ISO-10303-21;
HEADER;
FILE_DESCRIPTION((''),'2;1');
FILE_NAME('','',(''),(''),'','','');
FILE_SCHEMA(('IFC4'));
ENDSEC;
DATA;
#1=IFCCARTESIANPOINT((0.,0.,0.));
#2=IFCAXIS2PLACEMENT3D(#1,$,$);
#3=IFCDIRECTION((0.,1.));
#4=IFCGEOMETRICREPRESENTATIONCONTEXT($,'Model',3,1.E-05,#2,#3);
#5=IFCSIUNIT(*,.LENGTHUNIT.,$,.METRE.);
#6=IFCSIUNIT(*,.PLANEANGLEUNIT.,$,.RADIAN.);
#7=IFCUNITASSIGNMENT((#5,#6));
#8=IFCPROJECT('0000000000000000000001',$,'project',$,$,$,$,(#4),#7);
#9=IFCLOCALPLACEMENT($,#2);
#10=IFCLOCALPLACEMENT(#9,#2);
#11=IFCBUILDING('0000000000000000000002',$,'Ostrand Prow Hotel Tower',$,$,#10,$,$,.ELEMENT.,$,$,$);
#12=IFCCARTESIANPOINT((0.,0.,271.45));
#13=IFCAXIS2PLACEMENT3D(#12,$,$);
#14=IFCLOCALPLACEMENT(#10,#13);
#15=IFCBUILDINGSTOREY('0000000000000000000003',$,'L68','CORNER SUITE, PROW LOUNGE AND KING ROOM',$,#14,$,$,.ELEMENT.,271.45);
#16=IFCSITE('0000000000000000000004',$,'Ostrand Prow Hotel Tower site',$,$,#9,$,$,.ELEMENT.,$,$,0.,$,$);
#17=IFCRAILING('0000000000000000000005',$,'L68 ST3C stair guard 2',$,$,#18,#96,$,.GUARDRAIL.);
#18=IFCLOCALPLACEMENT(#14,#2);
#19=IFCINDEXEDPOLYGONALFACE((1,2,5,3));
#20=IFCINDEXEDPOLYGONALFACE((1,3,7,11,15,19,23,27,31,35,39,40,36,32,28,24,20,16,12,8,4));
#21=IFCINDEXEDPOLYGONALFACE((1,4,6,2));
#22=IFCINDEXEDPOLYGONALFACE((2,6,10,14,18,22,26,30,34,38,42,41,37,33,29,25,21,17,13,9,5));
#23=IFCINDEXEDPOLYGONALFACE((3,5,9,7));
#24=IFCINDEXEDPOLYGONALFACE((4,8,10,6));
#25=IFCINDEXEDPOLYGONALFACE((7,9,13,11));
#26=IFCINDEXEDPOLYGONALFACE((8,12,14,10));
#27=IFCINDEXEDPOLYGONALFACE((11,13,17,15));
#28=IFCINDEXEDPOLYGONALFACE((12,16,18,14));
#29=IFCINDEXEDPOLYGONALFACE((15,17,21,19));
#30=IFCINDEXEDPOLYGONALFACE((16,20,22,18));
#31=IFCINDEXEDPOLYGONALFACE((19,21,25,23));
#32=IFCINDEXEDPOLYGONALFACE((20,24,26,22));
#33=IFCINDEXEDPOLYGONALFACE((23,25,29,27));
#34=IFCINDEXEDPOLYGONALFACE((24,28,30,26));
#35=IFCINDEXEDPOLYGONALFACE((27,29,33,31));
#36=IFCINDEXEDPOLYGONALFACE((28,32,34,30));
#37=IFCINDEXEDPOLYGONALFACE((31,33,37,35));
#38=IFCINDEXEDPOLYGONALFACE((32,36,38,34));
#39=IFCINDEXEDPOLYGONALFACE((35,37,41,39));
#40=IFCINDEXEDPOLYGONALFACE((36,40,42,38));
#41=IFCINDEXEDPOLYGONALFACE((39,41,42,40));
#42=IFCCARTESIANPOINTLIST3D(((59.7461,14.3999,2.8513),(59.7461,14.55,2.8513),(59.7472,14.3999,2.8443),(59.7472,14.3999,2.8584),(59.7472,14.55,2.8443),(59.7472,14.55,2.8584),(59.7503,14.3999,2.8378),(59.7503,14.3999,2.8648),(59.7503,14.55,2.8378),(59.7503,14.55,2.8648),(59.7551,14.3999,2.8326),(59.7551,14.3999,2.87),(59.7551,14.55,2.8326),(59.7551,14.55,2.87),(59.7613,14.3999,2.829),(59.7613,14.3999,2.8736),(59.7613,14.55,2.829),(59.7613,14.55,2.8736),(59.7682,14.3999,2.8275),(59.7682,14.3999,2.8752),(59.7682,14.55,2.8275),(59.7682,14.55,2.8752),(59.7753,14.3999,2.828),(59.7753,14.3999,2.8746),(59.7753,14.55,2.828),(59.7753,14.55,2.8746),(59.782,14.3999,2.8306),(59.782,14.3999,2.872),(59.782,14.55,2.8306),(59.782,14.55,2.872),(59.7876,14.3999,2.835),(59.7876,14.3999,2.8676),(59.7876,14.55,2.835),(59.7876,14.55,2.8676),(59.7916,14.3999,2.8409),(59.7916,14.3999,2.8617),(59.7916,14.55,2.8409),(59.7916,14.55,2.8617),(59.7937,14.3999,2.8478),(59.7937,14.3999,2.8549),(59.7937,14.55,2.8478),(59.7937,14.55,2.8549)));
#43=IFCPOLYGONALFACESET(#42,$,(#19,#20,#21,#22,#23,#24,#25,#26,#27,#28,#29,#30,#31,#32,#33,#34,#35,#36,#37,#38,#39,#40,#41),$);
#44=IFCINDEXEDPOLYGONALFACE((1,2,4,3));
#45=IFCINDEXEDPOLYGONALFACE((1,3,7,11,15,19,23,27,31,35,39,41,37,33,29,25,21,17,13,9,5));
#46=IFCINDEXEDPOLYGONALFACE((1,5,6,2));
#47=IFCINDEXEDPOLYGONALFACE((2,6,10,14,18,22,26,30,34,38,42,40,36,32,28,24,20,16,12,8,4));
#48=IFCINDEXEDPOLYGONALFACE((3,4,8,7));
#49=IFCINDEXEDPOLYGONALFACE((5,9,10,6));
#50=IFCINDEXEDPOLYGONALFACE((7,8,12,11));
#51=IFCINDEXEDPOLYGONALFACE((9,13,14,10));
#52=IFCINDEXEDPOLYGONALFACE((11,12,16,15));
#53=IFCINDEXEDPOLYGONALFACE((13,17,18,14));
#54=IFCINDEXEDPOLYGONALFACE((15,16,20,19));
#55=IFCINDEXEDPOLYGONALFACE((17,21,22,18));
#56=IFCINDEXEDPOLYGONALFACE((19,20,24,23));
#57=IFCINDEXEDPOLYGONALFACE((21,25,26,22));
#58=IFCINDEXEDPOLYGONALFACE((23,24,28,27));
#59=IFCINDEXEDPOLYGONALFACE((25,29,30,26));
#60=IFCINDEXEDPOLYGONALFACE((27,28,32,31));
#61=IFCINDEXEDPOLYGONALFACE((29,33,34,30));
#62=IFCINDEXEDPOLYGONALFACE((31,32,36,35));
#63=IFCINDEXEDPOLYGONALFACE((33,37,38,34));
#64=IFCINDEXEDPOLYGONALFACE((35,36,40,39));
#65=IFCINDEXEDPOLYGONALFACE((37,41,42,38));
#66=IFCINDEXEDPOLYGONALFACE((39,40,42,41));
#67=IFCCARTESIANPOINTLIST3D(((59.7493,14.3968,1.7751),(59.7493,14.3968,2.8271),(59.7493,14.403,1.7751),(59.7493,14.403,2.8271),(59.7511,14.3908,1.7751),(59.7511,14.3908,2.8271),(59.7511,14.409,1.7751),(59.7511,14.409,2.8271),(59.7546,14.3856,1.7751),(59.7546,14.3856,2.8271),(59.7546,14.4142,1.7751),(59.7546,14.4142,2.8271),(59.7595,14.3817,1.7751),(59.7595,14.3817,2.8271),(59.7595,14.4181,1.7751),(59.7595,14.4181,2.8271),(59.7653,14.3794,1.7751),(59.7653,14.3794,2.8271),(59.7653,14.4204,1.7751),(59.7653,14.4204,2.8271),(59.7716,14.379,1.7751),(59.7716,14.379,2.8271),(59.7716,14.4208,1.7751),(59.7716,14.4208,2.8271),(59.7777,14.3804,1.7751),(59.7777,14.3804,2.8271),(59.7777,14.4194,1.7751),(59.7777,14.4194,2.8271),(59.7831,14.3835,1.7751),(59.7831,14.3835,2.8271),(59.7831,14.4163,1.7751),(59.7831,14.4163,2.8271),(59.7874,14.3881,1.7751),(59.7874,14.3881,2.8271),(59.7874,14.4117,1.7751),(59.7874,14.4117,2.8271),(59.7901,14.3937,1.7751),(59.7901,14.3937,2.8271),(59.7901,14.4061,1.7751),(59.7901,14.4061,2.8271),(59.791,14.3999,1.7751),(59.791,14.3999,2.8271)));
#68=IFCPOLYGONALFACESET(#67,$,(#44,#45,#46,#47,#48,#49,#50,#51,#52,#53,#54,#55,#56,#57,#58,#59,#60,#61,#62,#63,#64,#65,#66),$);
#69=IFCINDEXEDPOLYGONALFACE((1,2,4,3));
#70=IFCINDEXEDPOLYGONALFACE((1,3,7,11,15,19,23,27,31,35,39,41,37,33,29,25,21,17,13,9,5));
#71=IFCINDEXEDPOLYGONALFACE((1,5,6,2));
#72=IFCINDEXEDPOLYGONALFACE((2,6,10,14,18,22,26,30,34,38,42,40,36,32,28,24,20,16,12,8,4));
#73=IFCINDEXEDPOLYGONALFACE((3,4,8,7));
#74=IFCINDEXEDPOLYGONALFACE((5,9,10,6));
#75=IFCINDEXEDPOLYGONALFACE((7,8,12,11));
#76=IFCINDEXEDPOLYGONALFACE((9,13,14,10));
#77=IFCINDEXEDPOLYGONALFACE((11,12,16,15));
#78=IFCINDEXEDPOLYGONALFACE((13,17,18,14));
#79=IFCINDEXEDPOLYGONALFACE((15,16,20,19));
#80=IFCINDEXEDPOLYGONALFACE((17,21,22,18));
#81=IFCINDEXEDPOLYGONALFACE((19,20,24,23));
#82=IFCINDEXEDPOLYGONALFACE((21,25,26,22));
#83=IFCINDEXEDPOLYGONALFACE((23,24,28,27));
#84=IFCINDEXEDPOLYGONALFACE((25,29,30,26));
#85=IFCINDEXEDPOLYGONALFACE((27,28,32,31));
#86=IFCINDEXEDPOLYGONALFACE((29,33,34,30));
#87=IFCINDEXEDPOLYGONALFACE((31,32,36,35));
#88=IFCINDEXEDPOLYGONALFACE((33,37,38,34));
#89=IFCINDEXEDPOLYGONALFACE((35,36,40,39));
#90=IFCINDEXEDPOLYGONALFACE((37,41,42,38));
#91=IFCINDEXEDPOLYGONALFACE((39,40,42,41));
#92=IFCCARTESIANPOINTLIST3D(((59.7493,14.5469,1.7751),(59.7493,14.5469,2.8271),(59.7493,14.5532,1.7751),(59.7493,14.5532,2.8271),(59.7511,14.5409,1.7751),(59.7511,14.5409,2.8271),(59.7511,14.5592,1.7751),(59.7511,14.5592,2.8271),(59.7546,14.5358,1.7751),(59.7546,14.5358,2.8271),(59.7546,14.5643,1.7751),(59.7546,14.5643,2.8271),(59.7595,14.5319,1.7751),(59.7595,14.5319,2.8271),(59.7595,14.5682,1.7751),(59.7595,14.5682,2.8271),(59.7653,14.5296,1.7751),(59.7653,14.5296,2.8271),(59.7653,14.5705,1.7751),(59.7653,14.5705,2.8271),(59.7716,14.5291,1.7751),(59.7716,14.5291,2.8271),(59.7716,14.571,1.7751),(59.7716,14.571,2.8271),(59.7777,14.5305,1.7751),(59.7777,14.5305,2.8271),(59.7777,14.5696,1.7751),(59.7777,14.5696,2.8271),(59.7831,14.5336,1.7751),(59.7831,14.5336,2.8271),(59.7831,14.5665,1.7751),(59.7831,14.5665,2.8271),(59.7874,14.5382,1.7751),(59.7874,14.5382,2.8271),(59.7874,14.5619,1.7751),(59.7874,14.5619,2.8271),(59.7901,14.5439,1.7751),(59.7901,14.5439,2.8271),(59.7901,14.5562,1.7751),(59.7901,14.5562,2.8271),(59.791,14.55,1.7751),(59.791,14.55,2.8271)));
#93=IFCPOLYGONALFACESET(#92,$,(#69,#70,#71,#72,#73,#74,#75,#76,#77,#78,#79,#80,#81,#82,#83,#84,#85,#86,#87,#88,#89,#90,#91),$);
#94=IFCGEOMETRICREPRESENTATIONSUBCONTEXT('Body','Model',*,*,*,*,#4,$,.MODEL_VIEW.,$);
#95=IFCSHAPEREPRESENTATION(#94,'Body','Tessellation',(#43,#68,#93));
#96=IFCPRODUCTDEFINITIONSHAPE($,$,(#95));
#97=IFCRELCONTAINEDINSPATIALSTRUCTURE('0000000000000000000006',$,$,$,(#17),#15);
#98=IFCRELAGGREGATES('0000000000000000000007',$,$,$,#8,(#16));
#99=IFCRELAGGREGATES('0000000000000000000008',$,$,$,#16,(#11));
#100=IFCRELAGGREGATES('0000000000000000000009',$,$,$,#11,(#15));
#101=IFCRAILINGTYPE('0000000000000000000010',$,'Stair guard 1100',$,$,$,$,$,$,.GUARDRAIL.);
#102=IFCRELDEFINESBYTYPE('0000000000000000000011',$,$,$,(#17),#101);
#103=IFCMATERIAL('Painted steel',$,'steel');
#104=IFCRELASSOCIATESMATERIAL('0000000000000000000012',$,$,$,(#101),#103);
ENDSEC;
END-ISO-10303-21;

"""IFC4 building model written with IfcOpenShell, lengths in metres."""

from ifc_helpers import new_model, si_unit, direction, frame, origin, origin_2d, place, context, subcontext, project, spatial, circle, extrude, material, type_object, element, save


model = new_model("IFC4")

# Units and contexts
model_context = context("Model", 3, precision=1e-05, world=origin(), true_north=direction((0.0, 1.0)))
body_context = subcontext(model_context, "Body", "Model", "MODEL_VIEW")
ifc_project = project(units=[si_unit("LENGTHUNIT", "METRE"), si_unit("PLANEANGLEUNIT", "RADIAN")], contexts=[model_context])

# Site, building, storey
site_placement = place(None, origin())
site = spatial("IfcSite", under=ifc_project, at=site_placement, Name="Ostrand Prow Hotel Tower site", CompositionType="ELEMENT", RefElevation=0.0)
building_placement = place(site_placement, origin())
building = spatial("IfcBuilding", under=site, at=building_placement, Name="Ostrand Prow Hotel Tower", CompositionType="ELEMENT")
storey_placement = place(building_placement, frame((0.0, 0.0, 271.45)))
storey = spatial("IfcBuildingStorey", under=building, at=storey_placement, Name="L68", Description="CORNER SUITE, PROW LOUNGE AND KING ROOM", CompositionType="ELEMENT", Elevation=271.45)

# Railing
ifc_material_1 = material(Name="Painted steel", Category="steel")
railing_type_1 = type_object("IfcRailingType", Name="Stair guard 1100", PredefinedType="GUARDRAIL", material=ifc_material_1)
railing_1_placement = place(storey_placement, frame((59.77, 14.3999, 1.7751)))
element("IfcRailing", 1, at=railing_1_placement, inside=storey, type_object=railing_type_1, Name="L68 ST3C stair guard 2", PredefinedType="GUARDRAIL", context=body_context, shape_type="SweptSolid", body=[
    extrude(circle(Radius=0.0239, at=origin_2d()), frame((0.0, 0.0, 1.0762), z_axis=(0.0, 1.0, 0.0), x_axis=(-1.0, 0.0, 0.0)), (0.0, 0.0, 1.0), 0.1501),
    extrude(circle(Radius=0.021, at=origin_2d()), origin(), (0.0, 0.0, 1.0), 1.052),
    extrude(circle(Radius=0.021, at=origin_2d()), frame((0.0, 0.1501, 0.0)), (0.0, 0.0, 1.0), 1.052),
])

save(model, "model.ifc")
